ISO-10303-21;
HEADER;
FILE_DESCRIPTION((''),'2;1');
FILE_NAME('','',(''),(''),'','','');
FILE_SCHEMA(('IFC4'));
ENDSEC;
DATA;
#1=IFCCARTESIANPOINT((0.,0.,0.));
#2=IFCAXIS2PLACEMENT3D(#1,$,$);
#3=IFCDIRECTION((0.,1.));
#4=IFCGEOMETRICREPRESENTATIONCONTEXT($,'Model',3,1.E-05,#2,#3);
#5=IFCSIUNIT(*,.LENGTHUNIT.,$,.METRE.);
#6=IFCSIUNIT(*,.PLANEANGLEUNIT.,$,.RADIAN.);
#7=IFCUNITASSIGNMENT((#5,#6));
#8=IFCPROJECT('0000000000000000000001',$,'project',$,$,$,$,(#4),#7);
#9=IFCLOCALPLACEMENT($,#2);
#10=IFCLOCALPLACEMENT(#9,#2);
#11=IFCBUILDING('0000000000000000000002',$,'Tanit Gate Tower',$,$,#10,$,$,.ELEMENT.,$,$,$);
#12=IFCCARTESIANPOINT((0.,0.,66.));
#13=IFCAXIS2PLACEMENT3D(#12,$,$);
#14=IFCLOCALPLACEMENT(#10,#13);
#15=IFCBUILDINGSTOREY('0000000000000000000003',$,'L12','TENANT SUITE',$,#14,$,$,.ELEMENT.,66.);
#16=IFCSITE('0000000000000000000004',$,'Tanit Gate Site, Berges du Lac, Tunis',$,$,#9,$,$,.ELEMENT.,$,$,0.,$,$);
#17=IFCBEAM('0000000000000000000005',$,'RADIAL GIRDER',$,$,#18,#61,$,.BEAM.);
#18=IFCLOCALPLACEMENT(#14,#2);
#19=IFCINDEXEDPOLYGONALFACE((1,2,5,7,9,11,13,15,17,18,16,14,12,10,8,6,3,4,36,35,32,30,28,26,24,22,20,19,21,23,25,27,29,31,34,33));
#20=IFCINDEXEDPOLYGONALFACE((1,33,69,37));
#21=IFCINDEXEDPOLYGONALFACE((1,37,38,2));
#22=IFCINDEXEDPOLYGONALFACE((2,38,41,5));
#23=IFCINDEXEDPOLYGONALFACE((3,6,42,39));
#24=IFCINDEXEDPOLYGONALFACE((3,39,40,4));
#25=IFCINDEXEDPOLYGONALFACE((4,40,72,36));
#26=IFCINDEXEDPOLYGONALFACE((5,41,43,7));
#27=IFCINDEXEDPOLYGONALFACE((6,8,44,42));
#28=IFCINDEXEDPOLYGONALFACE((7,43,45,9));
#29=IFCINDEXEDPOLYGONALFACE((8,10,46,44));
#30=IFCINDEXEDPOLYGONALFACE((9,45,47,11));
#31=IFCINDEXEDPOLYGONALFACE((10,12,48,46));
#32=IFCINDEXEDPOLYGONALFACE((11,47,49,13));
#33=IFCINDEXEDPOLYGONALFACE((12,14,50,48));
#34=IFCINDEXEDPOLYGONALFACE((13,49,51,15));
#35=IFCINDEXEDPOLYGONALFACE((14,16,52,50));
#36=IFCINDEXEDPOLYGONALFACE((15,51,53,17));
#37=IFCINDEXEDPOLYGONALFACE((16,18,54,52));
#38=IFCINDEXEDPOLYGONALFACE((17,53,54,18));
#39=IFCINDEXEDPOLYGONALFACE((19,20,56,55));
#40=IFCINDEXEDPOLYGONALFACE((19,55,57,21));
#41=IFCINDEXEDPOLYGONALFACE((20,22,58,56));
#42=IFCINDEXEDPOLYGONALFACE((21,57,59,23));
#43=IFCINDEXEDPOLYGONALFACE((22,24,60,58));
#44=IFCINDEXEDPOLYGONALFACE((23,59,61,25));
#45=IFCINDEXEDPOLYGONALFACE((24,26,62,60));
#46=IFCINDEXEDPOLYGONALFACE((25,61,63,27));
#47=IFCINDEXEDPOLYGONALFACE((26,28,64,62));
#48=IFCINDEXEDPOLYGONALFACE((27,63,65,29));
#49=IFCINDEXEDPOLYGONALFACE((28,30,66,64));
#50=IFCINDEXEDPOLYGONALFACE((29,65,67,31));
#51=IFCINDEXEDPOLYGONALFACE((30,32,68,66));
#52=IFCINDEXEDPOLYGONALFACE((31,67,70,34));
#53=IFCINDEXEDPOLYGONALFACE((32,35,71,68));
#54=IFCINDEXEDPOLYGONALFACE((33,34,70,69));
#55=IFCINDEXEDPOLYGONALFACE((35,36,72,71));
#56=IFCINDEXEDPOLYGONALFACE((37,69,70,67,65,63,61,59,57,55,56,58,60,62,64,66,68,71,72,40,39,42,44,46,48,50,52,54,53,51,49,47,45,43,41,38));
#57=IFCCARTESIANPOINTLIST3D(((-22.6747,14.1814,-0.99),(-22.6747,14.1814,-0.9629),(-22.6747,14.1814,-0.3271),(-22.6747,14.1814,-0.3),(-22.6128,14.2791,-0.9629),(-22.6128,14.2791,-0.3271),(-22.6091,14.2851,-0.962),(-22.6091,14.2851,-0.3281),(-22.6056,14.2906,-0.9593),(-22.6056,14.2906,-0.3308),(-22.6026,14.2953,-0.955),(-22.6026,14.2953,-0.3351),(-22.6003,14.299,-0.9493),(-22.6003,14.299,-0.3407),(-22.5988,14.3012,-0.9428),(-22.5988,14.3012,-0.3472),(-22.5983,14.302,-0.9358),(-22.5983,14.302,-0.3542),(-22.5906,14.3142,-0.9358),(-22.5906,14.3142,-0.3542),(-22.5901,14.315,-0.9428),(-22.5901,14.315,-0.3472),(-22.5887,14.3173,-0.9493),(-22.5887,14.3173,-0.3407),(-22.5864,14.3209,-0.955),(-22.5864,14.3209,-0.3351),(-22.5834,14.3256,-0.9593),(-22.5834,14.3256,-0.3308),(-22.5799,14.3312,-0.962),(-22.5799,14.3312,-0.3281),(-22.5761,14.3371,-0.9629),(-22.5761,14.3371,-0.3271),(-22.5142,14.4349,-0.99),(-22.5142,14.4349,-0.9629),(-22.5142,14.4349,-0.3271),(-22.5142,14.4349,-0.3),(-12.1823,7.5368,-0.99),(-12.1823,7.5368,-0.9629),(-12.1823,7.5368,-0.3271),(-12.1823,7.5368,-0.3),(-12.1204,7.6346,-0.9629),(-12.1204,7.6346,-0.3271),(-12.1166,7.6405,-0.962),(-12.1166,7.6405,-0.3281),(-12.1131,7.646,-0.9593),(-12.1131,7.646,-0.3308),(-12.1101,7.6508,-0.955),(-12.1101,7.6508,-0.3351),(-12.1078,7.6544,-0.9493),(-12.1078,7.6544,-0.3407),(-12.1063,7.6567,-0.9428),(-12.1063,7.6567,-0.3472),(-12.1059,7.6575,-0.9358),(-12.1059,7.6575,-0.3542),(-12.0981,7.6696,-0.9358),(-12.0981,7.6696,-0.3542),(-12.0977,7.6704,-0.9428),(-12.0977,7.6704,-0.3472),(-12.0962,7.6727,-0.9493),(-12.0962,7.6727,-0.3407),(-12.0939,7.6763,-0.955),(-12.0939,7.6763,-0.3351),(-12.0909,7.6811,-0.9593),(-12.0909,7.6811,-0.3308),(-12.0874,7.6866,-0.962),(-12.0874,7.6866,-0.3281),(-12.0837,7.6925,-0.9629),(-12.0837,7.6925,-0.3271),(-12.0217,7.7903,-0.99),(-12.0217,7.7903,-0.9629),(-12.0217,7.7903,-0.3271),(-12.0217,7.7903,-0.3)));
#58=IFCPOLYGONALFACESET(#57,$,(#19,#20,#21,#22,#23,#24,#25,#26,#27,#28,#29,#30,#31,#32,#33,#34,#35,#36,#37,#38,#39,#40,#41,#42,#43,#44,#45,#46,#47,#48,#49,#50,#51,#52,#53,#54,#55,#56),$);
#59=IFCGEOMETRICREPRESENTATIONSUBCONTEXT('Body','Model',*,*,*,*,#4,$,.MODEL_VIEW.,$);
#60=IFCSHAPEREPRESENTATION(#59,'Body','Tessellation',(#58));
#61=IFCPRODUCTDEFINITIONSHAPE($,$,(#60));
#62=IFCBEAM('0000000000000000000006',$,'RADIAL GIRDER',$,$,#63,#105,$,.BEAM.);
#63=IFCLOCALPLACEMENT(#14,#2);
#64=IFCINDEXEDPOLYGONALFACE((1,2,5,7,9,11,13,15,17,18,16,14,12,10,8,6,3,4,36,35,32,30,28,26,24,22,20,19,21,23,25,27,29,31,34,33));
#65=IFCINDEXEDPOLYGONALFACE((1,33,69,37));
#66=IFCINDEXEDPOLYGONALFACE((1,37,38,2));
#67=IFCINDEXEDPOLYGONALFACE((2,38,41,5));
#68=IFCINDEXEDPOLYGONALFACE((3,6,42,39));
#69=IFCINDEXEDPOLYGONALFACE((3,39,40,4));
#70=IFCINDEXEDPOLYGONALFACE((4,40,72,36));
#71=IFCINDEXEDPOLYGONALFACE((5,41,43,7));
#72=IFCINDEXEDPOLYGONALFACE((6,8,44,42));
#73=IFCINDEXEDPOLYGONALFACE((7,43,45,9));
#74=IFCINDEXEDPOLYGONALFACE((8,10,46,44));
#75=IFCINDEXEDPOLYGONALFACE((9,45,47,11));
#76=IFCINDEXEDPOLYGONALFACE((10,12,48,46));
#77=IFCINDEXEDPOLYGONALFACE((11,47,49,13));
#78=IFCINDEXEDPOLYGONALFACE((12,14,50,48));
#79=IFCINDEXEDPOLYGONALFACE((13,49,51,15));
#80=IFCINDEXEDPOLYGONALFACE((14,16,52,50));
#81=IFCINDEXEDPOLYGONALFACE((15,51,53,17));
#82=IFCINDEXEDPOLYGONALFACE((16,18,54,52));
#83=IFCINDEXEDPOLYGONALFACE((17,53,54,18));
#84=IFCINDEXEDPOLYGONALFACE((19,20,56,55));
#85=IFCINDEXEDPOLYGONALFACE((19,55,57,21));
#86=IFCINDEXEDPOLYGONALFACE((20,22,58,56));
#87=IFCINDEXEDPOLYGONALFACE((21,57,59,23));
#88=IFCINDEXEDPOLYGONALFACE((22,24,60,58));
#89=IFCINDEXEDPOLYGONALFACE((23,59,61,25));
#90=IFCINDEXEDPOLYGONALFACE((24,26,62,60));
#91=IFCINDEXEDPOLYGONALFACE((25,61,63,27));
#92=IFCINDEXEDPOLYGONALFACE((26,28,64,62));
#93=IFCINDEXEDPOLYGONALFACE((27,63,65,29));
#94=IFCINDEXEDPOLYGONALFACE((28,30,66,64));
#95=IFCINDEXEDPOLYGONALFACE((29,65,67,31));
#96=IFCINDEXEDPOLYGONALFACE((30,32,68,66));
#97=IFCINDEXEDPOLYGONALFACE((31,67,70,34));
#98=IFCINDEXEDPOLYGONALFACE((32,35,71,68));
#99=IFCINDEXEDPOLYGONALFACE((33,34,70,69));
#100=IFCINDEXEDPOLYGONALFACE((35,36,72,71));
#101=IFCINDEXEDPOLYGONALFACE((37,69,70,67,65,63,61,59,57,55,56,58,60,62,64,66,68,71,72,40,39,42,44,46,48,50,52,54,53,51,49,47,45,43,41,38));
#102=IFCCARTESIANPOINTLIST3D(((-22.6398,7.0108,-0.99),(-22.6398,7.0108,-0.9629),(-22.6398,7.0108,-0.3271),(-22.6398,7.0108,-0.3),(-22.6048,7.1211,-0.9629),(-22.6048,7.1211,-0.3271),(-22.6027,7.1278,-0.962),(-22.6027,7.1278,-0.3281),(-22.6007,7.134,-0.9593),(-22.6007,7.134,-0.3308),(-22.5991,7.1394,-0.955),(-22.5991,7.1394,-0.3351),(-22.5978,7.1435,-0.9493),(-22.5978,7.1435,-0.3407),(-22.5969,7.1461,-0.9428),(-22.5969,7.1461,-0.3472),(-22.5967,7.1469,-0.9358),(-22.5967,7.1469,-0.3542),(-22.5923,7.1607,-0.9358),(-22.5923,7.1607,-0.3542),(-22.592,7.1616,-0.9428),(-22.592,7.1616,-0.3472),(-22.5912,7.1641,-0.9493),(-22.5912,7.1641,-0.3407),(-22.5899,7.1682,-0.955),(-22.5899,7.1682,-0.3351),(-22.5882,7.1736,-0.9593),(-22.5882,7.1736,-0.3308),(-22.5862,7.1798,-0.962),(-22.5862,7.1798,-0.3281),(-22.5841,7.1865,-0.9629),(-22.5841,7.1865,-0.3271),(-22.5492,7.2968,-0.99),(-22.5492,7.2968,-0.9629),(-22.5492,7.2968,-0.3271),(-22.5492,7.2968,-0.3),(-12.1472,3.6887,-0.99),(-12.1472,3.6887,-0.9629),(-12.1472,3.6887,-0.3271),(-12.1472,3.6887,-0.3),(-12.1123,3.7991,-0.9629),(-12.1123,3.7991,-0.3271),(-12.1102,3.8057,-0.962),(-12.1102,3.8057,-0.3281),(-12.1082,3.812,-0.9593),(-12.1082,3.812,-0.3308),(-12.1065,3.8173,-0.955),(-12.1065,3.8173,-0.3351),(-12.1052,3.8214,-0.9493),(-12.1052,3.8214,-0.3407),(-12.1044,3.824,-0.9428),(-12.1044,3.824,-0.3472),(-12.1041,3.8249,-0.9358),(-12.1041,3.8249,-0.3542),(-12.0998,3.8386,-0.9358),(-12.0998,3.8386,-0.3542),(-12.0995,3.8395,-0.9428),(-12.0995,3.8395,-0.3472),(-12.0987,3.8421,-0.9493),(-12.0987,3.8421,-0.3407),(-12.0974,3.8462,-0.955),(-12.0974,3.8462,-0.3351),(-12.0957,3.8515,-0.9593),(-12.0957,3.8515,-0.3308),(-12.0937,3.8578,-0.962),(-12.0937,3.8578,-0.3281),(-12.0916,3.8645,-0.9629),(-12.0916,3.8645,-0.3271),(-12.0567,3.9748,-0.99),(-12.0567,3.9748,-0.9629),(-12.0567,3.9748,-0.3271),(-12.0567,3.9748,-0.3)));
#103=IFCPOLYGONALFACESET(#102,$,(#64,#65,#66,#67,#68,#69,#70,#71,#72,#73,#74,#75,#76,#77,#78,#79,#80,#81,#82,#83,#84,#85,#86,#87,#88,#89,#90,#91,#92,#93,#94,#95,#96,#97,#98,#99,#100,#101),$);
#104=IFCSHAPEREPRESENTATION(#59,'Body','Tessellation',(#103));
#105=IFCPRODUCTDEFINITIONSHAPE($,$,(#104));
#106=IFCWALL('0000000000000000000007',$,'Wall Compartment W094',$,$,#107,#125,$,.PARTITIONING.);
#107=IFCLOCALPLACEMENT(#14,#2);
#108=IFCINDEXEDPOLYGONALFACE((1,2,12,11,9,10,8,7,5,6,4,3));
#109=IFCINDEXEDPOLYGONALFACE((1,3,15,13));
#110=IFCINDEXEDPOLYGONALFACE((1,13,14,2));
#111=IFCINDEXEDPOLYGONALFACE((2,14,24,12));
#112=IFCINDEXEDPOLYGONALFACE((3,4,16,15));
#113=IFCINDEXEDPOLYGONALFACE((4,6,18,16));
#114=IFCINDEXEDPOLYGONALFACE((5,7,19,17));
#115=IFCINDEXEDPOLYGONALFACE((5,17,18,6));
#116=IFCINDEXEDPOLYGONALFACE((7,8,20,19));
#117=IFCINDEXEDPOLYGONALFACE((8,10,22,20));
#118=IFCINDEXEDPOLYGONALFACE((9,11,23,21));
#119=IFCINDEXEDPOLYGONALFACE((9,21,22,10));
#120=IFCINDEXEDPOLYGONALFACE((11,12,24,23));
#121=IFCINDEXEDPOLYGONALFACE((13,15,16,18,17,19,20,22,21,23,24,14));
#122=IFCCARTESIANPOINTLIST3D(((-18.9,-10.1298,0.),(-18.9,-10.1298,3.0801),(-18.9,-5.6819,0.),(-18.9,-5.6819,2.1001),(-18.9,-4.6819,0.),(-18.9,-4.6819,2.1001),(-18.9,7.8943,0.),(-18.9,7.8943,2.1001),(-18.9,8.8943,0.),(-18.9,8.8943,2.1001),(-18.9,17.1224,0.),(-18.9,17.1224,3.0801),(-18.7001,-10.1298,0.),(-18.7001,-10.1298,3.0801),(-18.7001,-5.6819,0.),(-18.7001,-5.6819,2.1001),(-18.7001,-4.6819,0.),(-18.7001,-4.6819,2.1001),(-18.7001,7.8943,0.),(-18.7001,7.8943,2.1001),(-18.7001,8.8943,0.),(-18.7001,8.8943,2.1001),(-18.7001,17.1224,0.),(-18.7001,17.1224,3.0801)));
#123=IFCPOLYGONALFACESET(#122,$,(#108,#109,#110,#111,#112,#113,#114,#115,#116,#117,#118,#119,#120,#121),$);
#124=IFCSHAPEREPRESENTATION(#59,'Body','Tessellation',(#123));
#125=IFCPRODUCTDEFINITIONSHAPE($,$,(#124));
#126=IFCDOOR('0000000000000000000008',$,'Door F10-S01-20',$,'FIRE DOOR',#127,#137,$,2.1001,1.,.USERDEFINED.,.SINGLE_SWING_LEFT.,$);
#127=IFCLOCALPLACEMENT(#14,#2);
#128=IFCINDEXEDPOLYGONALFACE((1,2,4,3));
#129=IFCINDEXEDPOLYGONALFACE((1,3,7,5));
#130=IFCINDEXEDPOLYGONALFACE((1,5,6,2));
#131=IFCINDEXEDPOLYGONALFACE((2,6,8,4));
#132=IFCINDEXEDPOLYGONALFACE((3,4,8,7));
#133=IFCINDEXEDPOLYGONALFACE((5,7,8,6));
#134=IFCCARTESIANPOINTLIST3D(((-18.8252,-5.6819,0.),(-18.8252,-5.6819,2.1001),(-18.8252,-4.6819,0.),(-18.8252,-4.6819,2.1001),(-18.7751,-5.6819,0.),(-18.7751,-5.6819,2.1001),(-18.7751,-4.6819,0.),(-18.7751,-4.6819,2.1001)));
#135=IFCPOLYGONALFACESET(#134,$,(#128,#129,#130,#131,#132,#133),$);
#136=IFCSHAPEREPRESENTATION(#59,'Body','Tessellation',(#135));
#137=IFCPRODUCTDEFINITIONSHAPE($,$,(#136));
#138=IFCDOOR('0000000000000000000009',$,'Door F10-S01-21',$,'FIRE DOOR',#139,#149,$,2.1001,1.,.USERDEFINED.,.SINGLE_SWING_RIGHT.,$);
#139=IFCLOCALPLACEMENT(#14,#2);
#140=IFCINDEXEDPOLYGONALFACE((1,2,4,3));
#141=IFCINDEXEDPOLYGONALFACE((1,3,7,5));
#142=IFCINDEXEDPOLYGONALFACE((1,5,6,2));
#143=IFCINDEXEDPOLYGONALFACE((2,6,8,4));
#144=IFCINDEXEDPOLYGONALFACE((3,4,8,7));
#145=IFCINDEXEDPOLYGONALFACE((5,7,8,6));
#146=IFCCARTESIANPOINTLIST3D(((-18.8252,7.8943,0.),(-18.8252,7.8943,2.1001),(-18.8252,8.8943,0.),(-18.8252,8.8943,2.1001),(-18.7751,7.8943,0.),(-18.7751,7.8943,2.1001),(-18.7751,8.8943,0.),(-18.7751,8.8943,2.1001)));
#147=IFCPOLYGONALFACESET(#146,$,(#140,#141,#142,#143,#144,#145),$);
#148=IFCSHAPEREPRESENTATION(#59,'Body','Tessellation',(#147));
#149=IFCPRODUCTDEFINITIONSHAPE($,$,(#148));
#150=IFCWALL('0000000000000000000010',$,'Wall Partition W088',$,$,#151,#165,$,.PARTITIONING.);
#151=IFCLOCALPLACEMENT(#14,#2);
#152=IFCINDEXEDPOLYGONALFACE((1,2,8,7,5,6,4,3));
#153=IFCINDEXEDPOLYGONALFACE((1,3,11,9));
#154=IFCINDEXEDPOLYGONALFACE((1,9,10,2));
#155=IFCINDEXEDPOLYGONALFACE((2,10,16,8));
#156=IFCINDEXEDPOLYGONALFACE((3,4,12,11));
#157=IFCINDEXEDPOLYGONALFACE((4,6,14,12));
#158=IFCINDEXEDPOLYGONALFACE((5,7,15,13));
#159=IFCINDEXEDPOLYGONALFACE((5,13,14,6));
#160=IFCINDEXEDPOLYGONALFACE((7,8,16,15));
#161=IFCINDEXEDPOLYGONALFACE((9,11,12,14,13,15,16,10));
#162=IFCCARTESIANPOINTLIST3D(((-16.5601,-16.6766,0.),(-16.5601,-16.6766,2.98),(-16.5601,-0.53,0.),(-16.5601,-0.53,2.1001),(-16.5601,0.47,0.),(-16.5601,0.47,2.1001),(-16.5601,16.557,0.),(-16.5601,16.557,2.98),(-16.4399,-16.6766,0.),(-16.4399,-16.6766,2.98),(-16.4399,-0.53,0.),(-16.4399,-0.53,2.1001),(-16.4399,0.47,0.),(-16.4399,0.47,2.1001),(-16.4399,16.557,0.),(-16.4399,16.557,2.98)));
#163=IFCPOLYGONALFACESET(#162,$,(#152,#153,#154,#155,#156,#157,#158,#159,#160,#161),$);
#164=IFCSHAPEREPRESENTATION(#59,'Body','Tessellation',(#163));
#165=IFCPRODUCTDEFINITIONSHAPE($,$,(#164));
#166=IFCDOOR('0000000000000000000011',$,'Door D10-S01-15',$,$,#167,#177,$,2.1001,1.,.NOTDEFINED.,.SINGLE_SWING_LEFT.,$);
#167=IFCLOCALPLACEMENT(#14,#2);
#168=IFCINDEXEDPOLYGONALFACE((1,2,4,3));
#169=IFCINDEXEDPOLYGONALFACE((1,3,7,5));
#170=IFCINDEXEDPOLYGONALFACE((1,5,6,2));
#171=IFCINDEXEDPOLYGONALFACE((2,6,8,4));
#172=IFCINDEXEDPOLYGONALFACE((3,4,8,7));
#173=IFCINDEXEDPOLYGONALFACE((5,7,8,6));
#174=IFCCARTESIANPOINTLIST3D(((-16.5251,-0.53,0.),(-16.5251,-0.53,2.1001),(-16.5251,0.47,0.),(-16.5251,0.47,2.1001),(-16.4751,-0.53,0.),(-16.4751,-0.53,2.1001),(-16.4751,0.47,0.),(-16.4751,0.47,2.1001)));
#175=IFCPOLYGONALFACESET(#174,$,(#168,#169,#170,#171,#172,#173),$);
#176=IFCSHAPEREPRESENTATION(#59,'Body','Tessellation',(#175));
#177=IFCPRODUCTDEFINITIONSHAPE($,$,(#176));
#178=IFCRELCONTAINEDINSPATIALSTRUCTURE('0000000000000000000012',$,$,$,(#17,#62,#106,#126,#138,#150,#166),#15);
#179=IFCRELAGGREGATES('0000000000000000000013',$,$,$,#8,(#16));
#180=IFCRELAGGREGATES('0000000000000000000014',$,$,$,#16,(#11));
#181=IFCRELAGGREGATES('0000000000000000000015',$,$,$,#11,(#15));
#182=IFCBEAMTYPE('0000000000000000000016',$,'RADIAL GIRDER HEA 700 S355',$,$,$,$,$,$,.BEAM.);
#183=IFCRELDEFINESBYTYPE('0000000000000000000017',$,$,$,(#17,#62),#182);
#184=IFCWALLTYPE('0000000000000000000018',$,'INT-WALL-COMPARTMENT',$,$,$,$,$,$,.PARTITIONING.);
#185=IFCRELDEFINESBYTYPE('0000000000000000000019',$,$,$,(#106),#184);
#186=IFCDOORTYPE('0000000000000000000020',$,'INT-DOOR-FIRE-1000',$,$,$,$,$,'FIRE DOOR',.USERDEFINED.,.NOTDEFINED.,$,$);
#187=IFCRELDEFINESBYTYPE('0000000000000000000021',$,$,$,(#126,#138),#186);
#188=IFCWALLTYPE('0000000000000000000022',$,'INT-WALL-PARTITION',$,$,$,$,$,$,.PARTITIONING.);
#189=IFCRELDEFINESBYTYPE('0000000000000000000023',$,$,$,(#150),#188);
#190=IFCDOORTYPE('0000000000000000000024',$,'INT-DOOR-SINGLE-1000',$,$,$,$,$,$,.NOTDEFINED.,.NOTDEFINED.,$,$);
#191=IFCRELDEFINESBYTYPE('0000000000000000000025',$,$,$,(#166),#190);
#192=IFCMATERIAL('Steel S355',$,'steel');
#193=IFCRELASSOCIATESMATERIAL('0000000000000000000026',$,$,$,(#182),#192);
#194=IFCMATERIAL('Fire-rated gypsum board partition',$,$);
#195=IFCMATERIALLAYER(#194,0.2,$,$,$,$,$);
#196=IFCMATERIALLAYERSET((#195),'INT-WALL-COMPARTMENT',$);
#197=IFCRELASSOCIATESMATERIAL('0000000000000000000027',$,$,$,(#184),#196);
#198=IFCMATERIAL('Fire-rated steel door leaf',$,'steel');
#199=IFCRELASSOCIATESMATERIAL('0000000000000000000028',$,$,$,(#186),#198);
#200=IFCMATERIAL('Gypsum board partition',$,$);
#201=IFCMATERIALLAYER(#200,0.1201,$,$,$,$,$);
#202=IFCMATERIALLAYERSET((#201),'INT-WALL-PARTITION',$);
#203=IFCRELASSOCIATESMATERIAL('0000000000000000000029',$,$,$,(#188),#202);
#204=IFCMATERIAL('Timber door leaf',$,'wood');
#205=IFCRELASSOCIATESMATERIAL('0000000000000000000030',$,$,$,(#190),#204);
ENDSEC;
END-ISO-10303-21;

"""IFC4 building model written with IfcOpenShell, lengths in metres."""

from ifc_helpers import new_model, si_unit, direction, frame, frame_2d, origin, origin_2d, place, context, subcontext, project, spatial, rectangle, i_section, extrude, material, layer, layer_set, material_profile, profile_set, type_object, element, fill, save


model = new_model("IFC4")

# Units and contexts
model_context = context("Model", 3, precision=1e-05, world=origin(), true_north=direction((0.0, 1.0)))
body_context = subcontext(model_context, "Body", "Model", "MODEL_VIEW")
ifc_project = project(units=[si_unit("LENGTHUNIT", "METRE"), si_unit("PLANEANGLEUNIT", "RADIAN")], contexts=[model_context])

# Site, building, storey
site_placement = place(None, origin())
site = spatial("IfcSite", under=ifc_project, at=site_placement, Name="Tanit Gate Site, Berges du Lac, Tunis", CompositionType="ELEMENT", RefElevation=0.0)
building_placement = place(site_placement, origin())
building = spatial("IfcBuilding", under=site, at=building_placement, Name="Tanit Gate Tower", CompositionType="ELEMENT")
storey_placement = place(building_placement, frame((0.0, 0.0, 66.0)))
storey = spatial("IfcBuildingStorey", under=building, at=storey_placement, Name="L12", Description="TENANT SUITE", CompositionType="ELEMENT", Elevation=66.0)

# Beams
ifc_material_1 = material(Name="Steel S355", Category="steel")
ifc_material_profile = material_profile(ifc_material_1, i_section(OverallWidth=0.3, OverallDepth=0.6899, WebThickness=0.0144, FlangeThickness=0.0271, FilletRadius=0.0271, at=origin_2d()), Name="HEA 700")
ifc_profile_set = profile_set([ifc_material_profile], Name="Steel S355")
beam_type = type_object("IfcBeamType", Name="RADIAL GIRDER HEA 700 S355", PredefinedType="BEAM", material=ifc_profile_set)
beam_1_placement = place(storey_placement, frame((-22.5945, 14.3081, -0.645), z_axis=(0.844844, -0.535013, 0.0), x_axis=(0.535013, 0.844844, 0.0)))
element("IfcBeam", 1, at=beam_1_placement, inside=storey, type_object=beam_type, Name="RADIAL GIRDER", PredefinedType="BEAM", context=body_context, shape_type="SweptSolid", body=[
    extrude(i_section(OverallWidth=0.3, OverallDepth=0.6899, WebThickness=0.0144, FlangeThickness=0.0271, FilletRadius=0.0271, at=origin_2d()), origin(), (0.0, 0.0, 1.0), 12.4194),
])
beam_2_placement = place(storey_placement, frame((-22.5945, 7.1538, -0.645), z_axis=(0.953357, -0.301844, 0.0), x_axis=(0.301844, 0.953357, 0.0)))
element("IfcBeam", 2, at=beam_2_placement, inside=storey, type_object=beam_type, Name="RADIAL GIRDER", PredefinedType="BEAM", context=body_context, shape_type="SweptSolid", body=[
    extrude(i_section(OverallWidth=0.3, OverallDepth=0.6899, WebThickness=0.0144, FlangeThickness=0.0271, FilletRadius=0.0271, at=origin_2d()), origin(), (0.0, 0.0, 1.0), 11.0059),
])

# Wall, openings, doors
ifc_material_2 = material(Name="Fire-rated gypsum board partition")
ifc_layer_1 = layer(ifc_material_2, 0.2)
ifc_layer_set_1 = layer_set([ifc_layer_1], Name="INT-WALL-COMPARTMENT")
wall_type_1 = type_object("IfcWallType", Name="INT-WALL-COMPARTMENT", PredefinedType="PARTITIONING", material=ifc_layer_set_1)
wall_1_placement = place(storey_placement, frame((-18.8, 17.1223, 0.0), z_axis=(0.0, 0.0, 1.0), x_axis=(0.0, -1.0, 0.0)))
wall_1 = element("IfcWall", 3, at=wall_1_placement, inside=storey, type_object=wall_type_1, Name="Wall Compartment W094", PredefinedType="PARTITIONING", context=body_context, shape_type="SweptSolid", body=[
    extrude(rectangle(XDim=27.2522, YDim=0.2, at=frame_2d((13.626, 0.0))), origin(), (0.0, 0.0, 1.0), 3.0801),
])
opening_1_placement = place(wall_1_placement, frame((21.8042, 0.0, 0.0)))
opening_1 = element("IfcOpeningElement", 4, at=opening_1_placement, cuts=wall_1, PredefinedType="OPENING", context=body_context, shape_type="SweptSolid", body=[
    extrude(rectangle(XDim=1.0, YDim=2.1001, at=frame_2d((0.5, 1.05))), frame((0.0, 0.1099, 0.0), z_axis=(0.0, -1.0, 0.0), x_axis=(1.0, 0.0, 0.0)), (0.0, 0.0, 1.0), 0.22),
])
opening_2_placement = place(wall_1_placement, frame((8.228, 0.0, 0.0)))
opening_2 = element("IfcOpeningElement", 5, at=opening_2_placement, cuts=wall_1, PredefinedType="OPENING", context=body_context, shape_type="SweptSolid", body=[
    extrude(rectangle(XDim=1.0, YDim=2.1001, at=frame_2d((0.5, 1.05))), frame((0.0, 0.1099, 0.0), z_axis=(0.0, -1.0, 0.0), x_axis=(1.0, 0.0, 0.0)), (0.0, 0.0, 1.0), 0.22),
])
ifc_material_3 = material(Name="Fire-rated steel door leaf", Category="steel")
door_type_1 = type_object("IfcDoorType", Name="INT-DOOR-FIRE-1000", ElementType="FIRE DOOR", OperationType="NOTDEFINED", PredefinedType="USERDEFINED", material=ifc_material_3)
door_1_placement = place(opening_1_placement, origin())
door_1 = element("IfcDoor", 6, at=door_1_placement, inside=storey, type_object=door_type_1, Name="Door F10-S01-20", ObjectType="FIRE DOOR", OperationType="SINGLE_SWING_LEFT", OverallHeight=2.1001, OverallWidth=1.0, PredefinedType="USERDEFINED", context=body_context, shape_type="SweptSolid", body=[
    extrude(rectangle(XDim=1.0, YDim=2.1001, at=frame_2d((0.5, 1.05))), frame((0.0, 0.0249, 0.0), z_axis=(0.0, -1.0, 0.0), x_axis=(1.0, 0.0, 0.0)), (0.0, 0.0, 1.0), 0.05),
])
fill(opening_1, door_1)
door_2_placement = place(opening_2_placement, origin())
door_2 = element("IfcDoor", 7, at=door_2_placement, inside=storey, type_object=door_type_1, Name="Door F10-S01-21", ObjectType="FIRE DOOR", OperationType="SINGLE_SWING_RIGHT", OverallHeight=2.1001, OverallWidth=1.0, PredefinedType="USERDEFINED", context=body_context, shape_type="SweptSolid", body=[
    extrude(rectangle(XDim=1.0, YDim=2.1001, at=frame_2d((0.5, 1.05))), frame((0.0, 0.0249, 0.0), z_axis=(0.0, -1.0, 0.0), x_axis=(1.0, 0.0, 0.0)), (0.0, 0.0, 1.0), 0.05),
])
fill(opening_2, door_2)

# Wall, opening, door
ifc_material_4 = material(Name="Gypsum board partition")
ifc_layer_2 = layer(ifc_material_4, 0.1201)
ifc_layer_set_2 = layer_set([ifc_layer_2], Name="INT-WALL-PARTITION")
wall_type_2 = type_object("IfcWallType", Name="INT-WALL-PARTITION", PredefinedType="PARTITIONING", material=ifc_layer_set_2)
wall_2_placement = place(storey_placement, frame((-16.5, 16.5569, 0.0), z_axis=(0.0, 0.0, 1.0), x_axis=(0.0, -1.0, 0.0)))
wall_2 = element("IfcWall", 8, at=wall_2_placement, inside=storey, type_object=wall_type_2, Name="Wall Partition W088", PredefinedType="PARTITIONING", context=body_context, shape_type="SweptSolid", body=[
    extrude(rectangle(XDim=33.2336, YDim=0.1201, at=frame_2d((16.6167, 0.0))), origin(), (0.0, 0.0, 1.0), 2.98),
])
opening_3_placement = place(wall_2_placement, frame((16.0869, 0.0, 0.0)))
opening_3 = element("IfcOpeningElement", 9, at=opening_3_placement, cuts=wall_2, PredefinedType="OPENING", context=body_context, shape_type="SweptSolid", body=[
    extrude(rectangle(XDim=1.0, YDim=2.1001, at=frame_2d((0.5, 1.05))), frame((0.0, 0.0701, 0.0), z_axis=(0.0, -1.0, 0.0), x_axis=(1.0, 0.0, 0.0)), (0.0, 0.0, 1.0), 0.1401),
])
ifc_material_5 = material(Name="Timber door leaf", Category="wood")
door_type_2 = type_object("IfcDoorType", Name="INT-DOOR-SINGLE-1000", OperationType="NOTDEFINED", PredefinedType="NOTDEFINED", material=ifc_material_5)
door_3_placement = place(opening_3_placement, origin())
door_3 = element("IfcDoor", 10, at=door_3_placement, inside=storey, type_object=door_type_2, Name="Door D10-S01-15", OperationType="SINGLE_SWING_LEFT", OverallHeight=2.1001, OverallWidth=1.0, PredefinedType="NOTDEFINED", context=body_context, shape_type="SweptSolid", body=[
    extrude(rectangle(XDim=1.0, YDim=2.1001, at=frame_2d((0.5, 1.05))), frame((0.0, 0.0249, 0.0), z_axis=(0.0, -1.0, 0.0), x_axis=(1.0, 0.0, 0.0)), (0.0, 0.0, 1.0), 0.05),
])
fill(opening_3, door_3)

save(model, "model.ifc")
